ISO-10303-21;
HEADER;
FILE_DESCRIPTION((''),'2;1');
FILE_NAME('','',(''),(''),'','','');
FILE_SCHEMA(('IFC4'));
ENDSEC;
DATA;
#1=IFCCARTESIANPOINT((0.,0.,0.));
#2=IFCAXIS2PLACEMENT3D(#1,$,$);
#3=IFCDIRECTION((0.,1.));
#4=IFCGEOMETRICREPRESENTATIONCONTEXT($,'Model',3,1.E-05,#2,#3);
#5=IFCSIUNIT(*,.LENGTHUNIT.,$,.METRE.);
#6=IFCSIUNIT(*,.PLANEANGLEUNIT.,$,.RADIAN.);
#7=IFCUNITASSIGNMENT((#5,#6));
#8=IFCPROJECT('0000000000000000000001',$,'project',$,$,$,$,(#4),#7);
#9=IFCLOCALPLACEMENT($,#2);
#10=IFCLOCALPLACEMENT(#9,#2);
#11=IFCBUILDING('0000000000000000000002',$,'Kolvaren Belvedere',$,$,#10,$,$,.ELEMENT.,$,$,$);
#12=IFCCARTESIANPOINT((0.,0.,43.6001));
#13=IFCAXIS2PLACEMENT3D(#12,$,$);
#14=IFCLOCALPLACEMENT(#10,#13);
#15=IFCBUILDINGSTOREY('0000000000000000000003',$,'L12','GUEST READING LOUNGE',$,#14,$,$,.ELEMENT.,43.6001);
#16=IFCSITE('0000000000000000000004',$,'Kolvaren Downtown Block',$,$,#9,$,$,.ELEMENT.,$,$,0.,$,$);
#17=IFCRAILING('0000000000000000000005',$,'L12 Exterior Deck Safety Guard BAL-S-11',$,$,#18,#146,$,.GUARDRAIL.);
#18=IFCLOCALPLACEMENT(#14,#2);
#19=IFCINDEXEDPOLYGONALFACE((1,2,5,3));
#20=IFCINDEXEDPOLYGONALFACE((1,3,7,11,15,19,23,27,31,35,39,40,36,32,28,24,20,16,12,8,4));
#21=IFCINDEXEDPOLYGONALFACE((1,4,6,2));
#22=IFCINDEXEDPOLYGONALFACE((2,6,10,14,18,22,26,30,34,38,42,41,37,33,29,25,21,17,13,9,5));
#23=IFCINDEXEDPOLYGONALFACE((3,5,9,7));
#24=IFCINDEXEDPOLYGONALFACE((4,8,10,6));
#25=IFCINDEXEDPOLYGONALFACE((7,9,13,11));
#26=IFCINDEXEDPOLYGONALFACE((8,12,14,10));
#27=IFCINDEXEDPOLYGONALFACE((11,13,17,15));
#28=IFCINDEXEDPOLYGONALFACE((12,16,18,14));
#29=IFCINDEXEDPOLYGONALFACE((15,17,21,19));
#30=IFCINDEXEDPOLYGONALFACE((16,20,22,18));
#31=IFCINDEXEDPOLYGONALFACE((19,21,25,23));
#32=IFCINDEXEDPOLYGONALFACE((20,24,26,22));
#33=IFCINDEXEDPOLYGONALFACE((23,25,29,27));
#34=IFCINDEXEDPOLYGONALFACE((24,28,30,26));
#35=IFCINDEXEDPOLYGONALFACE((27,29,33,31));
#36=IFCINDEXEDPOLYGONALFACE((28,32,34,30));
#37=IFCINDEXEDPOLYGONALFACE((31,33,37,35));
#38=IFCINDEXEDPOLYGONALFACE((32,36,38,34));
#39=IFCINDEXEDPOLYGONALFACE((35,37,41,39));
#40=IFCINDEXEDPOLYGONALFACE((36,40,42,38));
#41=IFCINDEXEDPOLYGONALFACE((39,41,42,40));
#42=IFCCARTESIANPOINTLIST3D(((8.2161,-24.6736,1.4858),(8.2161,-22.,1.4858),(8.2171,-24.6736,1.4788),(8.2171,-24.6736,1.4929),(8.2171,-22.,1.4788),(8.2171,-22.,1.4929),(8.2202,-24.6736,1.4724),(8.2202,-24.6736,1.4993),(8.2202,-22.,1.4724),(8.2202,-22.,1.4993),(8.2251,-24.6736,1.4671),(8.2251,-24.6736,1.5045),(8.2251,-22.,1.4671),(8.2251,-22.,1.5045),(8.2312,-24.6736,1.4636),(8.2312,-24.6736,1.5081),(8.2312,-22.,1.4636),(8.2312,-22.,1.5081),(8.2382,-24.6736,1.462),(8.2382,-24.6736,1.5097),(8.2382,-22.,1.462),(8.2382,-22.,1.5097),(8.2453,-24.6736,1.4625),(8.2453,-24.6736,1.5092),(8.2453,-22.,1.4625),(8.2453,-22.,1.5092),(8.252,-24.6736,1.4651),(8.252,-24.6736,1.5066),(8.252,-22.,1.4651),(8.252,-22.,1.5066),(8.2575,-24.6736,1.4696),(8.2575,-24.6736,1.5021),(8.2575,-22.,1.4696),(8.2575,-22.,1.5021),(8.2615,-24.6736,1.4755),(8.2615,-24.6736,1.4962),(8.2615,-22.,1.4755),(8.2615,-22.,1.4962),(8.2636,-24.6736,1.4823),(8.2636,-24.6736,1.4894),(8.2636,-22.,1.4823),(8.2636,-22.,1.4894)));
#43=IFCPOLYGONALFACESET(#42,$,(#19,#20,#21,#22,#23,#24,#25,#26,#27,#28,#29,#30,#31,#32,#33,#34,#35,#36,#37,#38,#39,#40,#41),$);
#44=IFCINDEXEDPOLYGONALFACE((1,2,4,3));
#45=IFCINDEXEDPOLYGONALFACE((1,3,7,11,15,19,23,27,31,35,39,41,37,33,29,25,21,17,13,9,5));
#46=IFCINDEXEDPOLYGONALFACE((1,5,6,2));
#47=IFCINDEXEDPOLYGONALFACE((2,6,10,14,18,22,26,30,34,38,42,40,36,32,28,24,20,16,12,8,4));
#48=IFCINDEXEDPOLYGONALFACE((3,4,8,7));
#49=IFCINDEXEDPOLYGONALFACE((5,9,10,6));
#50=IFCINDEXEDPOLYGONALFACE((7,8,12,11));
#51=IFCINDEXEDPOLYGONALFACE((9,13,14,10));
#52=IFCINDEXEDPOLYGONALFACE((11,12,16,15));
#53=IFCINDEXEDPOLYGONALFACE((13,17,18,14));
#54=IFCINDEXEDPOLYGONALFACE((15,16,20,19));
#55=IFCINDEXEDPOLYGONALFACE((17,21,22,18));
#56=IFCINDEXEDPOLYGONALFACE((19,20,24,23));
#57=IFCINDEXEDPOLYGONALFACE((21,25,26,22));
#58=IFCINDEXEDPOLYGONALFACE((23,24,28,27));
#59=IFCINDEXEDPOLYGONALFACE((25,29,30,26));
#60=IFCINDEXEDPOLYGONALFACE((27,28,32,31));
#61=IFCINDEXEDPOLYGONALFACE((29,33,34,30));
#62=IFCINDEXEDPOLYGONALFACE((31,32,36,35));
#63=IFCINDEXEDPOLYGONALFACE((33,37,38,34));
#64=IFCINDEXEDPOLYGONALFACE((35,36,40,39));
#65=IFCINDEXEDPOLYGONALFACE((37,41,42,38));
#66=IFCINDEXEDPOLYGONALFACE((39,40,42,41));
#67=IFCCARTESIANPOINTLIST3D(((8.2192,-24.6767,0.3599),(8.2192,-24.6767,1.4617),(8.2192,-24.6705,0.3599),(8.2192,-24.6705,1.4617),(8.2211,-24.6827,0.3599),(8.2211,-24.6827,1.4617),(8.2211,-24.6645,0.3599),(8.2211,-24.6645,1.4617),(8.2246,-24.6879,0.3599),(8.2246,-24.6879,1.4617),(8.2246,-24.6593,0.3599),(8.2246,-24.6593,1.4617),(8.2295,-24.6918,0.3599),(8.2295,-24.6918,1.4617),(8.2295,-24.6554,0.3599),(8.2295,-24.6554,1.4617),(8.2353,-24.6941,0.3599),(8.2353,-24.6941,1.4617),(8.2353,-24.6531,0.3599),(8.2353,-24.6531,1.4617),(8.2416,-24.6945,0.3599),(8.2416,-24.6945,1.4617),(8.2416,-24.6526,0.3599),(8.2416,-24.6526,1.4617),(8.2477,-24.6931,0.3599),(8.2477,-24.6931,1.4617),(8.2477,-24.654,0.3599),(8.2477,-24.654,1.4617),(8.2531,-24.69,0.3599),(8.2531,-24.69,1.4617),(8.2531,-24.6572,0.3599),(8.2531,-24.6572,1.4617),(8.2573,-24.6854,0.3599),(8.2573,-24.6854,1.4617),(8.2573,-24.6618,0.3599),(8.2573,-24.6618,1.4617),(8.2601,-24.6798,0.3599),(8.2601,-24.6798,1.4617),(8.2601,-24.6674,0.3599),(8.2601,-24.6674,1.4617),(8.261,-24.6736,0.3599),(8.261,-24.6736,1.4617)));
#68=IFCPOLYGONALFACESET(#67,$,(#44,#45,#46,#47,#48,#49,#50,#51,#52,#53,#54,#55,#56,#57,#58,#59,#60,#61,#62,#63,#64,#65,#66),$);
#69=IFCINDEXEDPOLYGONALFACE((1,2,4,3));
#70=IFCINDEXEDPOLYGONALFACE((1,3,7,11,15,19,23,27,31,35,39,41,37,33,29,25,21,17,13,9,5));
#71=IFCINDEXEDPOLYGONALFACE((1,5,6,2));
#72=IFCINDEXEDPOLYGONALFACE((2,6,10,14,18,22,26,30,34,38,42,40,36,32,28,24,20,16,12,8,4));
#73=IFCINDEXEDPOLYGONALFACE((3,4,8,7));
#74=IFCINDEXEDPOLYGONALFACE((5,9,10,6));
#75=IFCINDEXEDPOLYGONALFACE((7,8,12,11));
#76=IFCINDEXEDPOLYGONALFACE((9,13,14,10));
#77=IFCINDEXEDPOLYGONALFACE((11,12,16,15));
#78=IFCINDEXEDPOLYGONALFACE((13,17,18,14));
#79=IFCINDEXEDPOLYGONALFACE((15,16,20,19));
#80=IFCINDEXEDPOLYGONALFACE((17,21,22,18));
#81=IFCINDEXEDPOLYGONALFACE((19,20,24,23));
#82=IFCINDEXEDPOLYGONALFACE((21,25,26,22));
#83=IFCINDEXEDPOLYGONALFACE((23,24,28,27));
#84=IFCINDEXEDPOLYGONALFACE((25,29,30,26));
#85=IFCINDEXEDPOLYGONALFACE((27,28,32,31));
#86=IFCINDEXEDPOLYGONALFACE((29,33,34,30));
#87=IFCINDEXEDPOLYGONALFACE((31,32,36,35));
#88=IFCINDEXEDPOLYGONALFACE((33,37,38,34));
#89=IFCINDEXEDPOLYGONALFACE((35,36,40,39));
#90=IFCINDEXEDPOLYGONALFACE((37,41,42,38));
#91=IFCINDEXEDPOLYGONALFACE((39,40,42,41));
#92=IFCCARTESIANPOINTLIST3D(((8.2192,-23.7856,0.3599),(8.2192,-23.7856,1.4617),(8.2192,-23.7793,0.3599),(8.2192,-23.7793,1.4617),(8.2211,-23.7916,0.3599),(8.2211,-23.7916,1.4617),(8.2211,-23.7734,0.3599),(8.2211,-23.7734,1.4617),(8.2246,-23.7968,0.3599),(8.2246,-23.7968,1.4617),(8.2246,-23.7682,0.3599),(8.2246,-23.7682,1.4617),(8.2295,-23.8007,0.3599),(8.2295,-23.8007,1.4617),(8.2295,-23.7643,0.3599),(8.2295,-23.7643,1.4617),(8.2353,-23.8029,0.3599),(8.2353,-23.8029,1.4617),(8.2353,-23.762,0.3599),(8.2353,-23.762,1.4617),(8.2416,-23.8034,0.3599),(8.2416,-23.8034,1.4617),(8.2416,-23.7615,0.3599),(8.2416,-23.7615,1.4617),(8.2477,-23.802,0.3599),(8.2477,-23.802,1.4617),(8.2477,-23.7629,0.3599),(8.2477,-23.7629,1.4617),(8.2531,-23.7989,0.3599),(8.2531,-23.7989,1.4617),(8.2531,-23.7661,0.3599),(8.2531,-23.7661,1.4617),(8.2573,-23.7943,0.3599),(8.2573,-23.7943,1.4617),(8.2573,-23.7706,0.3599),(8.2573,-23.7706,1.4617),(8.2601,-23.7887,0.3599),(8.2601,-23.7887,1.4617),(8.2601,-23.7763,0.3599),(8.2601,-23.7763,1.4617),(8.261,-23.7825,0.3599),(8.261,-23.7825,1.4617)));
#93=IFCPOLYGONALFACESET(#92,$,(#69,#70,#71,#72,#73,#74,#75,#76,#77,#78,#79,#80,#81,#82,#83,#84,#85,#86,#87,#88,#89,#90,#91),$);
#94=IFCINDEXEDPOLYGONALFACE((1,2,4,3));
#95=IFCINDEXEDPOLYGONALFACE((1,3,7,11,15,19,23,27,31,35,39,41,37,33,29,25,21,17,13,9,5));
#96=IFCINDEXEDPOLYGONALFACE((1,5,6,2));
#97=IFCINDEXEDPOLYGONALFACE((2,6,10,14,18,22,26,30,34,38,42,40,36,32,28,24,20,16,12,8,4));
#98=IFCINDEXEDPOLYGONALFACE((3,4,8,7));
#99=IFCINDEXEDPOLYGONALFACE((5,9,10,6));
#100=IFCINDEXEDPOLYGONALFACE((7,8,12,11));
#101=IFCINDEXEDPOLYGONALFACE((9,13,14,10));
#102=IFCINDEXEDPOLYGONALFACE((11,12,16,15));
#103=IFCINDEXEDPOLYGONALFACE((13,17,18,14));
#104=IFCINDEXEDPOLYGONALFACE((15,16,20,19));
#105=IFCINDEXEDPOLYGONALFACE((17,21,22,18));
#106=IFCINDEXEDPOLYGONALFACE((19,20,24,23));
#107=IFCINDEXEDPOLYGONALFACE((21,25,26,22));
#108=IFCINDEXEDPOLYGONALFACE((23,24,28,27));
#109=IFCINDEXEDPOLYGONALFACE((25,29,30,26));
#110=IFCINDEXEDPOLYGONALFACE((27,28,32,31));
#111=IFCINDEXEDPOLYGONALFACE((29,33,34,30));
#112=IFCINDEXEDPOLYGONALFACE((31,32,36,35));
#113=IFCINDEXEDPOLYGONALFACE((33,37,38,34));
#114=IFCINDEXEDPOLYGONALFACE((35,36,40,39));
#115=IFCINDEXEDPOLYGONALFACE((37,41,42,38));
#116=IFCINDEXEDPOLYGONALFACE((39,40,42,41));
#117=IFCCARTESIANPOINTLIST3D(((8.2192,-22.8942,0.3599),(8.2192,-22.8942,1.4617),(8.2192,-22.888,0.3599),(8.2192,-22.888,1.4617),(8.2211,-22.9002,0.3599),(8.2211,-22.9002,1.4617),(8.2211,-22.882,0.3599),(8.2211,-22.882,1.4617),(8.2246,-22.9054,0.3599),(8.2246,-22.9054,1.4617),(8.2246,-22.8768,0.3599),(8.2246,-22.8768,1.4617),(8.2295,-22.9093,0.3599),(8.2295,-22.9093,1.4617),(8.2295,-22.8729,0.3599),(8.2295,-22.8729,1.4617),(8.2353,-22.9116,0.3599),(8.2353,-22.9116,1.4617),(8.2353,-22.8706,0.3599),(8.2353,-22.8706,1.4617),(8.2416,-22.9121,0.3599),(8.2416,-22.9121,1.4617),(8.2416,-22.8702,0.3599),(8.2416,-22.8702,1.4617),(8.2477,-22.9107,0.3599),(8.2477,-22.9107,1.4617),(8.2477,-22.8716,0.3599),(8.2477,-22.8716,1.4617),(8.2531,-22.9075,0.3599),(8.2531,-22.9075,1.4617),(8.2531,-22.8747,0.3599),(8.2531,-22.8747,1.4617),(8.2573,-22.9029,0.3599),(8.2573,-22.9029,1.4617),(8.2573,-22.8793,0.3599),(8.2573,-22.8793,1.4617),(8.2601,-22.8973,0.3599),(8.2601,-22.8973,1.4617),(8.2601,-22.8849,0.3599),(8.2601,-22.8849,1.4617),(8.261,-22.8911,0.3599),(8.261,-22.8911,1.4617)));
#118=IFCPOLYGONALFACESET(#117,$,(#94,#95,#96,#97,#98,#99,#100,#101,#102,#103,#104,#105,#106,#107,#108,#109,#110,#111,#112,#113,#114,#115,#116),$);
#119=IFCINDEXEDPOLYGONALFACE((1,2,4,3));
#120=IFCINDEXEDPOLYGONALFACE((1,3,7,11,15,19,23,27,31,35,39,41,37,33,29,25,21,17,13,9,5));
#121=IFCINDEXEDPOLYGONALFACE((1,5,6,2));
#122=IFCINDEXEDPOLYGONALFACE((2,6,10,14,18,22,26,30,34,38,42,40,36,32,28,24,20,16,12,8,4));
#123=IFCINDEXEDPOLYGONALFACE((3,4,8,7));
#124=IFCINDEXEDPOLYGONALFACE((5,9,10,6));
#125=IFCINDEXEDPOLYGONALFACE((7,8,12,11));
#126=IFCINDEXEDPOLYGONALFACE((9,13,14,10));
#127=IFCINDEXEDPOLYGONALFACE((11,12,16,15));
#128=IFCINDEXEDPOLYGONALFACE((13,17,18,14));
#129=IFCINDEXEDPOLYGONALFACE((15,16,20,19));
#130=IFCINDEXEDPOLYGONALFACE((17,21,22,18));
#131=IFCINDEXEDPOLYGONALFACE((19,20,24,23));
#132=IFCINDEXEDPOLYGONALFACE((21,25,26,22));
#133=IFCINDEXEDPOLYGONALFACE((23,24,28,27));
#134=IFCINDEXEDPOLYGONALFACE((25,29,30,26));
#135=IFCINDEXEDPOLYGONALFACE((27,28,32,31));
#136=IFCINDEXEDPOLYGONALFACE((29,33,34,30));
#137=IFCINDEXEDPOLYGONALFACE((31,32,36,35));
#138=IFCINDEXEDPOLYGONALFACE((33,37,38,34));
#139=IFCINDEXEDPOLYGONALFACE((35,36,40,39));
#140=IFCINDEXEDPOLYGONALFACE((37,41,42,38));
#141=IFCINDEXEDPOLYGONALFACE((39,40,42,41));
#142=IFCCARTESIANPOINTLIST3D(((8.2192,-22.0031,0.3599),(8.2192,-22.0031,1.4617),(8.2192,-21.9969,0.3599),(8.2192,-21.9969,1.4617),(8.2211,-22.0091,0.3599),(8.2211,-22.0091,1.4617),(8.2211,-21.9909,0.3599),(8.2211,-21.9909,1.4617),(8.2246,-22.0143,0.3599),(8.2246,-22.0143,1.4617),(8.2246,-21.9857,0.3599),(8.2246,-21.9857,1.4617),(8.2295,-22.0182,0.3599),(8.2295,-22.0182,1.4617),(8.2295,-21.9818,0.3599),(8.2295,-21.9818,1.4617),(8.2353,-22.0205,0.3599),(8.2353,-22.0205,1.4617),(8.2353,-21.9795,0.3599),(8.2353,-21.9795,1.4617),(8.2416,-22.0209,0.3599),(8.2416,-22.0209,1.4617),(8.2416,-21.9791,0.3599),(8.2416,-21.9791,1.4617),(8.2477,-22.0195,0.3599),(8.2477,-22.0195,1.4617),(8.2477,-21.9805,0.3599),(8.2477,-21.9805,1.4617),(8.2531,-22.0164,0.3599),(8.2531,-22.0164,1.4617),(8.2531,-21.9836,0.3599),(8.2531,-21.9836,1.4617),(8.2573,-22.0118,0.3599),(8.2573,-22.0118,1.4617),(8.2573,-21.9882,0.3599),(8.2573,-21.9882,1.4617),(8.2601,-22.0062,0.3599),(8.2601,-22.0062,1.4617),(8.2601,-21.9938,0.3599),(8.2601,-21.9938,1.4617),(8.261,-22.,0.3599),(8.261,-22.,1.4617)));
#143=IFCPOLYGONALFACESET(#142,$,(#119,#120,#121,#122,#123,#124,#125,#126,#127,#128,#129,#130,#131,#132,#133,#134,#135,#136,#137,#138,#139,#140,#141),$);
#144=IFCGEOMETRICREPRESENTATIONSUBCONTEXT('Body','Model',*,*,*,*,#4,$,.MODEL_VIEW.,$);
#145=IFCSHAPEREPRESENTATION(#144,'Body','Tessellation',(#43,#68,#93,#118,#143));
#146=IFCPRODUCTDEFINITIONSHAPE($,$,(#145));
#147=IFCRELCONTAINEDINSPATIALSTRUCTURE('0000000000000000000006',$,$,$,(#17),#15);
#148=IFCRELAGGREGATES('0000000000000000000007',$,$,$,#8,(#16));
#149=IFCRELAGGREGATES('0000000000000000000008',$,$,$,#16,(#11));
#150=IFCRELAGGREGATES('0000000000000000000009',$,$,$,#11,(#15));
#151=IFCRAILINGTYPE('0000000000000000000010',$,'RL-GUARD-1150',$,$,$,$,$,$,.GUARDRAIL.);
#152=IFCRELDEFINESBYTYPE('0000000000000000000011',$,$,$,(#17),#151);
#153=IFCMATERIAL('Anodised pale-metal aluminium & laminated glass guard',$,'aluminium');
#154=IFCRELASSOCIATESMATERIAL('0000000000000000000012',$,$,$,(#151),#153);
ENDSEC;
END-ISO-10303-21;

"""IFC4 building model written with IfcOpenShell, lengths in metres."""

from ifc_helpers import new_model, si_unit, direction, frame, origin, origin_2d, place, context, subcontext, project, spatial, circle, extrude, material, type_object, element, save


model = new_model("IFC4")

# Units and contexts
model_context = context("Model", 3, precision=1e-05, world=origin(), true_north=direction((0.0, 1.0)))
body_context = subcontext(model_context, "Body", "Model", "MODEL_VIEW")
ifc_project = project(units=[si_unit("LENGTHUNIT", "METRE"), si_unit("PLANEANGLEUNIT", "RADIAN")], contexts=[model_context])

# Site, building, storey
site_placement = place(None, origin())
site = spatial("IfcSite", under=ifc_project, at=site_placement, Name="Kolvaren Downtown Block", CompositionType="ELEMENT", RefElevation=0.0)
building_placement = place(site_placement, origin())
building = spatial("IfcBuilding", under=site, at=building_placement, Name="Kolvaren Belvedere", CompositionType="ELEMENT")
storey_placement = place(building_placement, frame((0.0, 0.0, 43.6001)))
storey = spatial("IfcBuildingStorey", under=building, at=storey_placement, Name="L12", Description="GUEST READING LOUNGE", CompositionType="ELEMENT", Elevation=43.6001)

# Railing
ifc_material_1 = material(Name="Anodised pale-metal aluminium & laminated glass guard", Category="aluminium")
railing_type = type_object("IfcRailingType", Name="RL-GUARD-1150", PredefinedType="GUARDRAIL", material=ifc_material_1)
railing_1_placement = place(storey_placement, frame((8.24, -24.6736, 0.3599)))
element("IfcRailing", 1, at=railing_1_placement, inside=storey, type_object=railing_type, Name="L12 Exterior Deck Safety Guard BAL-S-11", PredefinedType="GUARDRAIL", context=body_context, shape_type="SweptSolid", body=[
    extrude(circle(Radius=0.0239, at=origin_2d()), frame((0.0, 0.0, 1.126), z_axis=(0.0, 1.0, 0.0), x_axis=(-1.0, 0.0, 0.0)), (0.0, 0.0, 1.0), 2.6736),
    extrude(circle(Radius=0.021, at=origin_2d()), origin(), (0.0, 0.0, 1.0), 1.1018),
    extrude(circle(Radius=0.021, at=origin_2d()), frame((0.0, 0.8911, 0.0)), (0.0, 0.0, 1.0), 1.1018),
    extrude(circle(Radius=0.021, at=origin_2d()), frame((0.0, 1.7825, 0.0)), (0.0, 0.0, 1.0), 1.1018),
    extrude(circle(Radius=0.021, at=origin_2d()), frame((0.0, 2.6736, 0.0)), (0.0, 0.0, 1.0), 1.1018),
])

save(model, "model.ifc")
